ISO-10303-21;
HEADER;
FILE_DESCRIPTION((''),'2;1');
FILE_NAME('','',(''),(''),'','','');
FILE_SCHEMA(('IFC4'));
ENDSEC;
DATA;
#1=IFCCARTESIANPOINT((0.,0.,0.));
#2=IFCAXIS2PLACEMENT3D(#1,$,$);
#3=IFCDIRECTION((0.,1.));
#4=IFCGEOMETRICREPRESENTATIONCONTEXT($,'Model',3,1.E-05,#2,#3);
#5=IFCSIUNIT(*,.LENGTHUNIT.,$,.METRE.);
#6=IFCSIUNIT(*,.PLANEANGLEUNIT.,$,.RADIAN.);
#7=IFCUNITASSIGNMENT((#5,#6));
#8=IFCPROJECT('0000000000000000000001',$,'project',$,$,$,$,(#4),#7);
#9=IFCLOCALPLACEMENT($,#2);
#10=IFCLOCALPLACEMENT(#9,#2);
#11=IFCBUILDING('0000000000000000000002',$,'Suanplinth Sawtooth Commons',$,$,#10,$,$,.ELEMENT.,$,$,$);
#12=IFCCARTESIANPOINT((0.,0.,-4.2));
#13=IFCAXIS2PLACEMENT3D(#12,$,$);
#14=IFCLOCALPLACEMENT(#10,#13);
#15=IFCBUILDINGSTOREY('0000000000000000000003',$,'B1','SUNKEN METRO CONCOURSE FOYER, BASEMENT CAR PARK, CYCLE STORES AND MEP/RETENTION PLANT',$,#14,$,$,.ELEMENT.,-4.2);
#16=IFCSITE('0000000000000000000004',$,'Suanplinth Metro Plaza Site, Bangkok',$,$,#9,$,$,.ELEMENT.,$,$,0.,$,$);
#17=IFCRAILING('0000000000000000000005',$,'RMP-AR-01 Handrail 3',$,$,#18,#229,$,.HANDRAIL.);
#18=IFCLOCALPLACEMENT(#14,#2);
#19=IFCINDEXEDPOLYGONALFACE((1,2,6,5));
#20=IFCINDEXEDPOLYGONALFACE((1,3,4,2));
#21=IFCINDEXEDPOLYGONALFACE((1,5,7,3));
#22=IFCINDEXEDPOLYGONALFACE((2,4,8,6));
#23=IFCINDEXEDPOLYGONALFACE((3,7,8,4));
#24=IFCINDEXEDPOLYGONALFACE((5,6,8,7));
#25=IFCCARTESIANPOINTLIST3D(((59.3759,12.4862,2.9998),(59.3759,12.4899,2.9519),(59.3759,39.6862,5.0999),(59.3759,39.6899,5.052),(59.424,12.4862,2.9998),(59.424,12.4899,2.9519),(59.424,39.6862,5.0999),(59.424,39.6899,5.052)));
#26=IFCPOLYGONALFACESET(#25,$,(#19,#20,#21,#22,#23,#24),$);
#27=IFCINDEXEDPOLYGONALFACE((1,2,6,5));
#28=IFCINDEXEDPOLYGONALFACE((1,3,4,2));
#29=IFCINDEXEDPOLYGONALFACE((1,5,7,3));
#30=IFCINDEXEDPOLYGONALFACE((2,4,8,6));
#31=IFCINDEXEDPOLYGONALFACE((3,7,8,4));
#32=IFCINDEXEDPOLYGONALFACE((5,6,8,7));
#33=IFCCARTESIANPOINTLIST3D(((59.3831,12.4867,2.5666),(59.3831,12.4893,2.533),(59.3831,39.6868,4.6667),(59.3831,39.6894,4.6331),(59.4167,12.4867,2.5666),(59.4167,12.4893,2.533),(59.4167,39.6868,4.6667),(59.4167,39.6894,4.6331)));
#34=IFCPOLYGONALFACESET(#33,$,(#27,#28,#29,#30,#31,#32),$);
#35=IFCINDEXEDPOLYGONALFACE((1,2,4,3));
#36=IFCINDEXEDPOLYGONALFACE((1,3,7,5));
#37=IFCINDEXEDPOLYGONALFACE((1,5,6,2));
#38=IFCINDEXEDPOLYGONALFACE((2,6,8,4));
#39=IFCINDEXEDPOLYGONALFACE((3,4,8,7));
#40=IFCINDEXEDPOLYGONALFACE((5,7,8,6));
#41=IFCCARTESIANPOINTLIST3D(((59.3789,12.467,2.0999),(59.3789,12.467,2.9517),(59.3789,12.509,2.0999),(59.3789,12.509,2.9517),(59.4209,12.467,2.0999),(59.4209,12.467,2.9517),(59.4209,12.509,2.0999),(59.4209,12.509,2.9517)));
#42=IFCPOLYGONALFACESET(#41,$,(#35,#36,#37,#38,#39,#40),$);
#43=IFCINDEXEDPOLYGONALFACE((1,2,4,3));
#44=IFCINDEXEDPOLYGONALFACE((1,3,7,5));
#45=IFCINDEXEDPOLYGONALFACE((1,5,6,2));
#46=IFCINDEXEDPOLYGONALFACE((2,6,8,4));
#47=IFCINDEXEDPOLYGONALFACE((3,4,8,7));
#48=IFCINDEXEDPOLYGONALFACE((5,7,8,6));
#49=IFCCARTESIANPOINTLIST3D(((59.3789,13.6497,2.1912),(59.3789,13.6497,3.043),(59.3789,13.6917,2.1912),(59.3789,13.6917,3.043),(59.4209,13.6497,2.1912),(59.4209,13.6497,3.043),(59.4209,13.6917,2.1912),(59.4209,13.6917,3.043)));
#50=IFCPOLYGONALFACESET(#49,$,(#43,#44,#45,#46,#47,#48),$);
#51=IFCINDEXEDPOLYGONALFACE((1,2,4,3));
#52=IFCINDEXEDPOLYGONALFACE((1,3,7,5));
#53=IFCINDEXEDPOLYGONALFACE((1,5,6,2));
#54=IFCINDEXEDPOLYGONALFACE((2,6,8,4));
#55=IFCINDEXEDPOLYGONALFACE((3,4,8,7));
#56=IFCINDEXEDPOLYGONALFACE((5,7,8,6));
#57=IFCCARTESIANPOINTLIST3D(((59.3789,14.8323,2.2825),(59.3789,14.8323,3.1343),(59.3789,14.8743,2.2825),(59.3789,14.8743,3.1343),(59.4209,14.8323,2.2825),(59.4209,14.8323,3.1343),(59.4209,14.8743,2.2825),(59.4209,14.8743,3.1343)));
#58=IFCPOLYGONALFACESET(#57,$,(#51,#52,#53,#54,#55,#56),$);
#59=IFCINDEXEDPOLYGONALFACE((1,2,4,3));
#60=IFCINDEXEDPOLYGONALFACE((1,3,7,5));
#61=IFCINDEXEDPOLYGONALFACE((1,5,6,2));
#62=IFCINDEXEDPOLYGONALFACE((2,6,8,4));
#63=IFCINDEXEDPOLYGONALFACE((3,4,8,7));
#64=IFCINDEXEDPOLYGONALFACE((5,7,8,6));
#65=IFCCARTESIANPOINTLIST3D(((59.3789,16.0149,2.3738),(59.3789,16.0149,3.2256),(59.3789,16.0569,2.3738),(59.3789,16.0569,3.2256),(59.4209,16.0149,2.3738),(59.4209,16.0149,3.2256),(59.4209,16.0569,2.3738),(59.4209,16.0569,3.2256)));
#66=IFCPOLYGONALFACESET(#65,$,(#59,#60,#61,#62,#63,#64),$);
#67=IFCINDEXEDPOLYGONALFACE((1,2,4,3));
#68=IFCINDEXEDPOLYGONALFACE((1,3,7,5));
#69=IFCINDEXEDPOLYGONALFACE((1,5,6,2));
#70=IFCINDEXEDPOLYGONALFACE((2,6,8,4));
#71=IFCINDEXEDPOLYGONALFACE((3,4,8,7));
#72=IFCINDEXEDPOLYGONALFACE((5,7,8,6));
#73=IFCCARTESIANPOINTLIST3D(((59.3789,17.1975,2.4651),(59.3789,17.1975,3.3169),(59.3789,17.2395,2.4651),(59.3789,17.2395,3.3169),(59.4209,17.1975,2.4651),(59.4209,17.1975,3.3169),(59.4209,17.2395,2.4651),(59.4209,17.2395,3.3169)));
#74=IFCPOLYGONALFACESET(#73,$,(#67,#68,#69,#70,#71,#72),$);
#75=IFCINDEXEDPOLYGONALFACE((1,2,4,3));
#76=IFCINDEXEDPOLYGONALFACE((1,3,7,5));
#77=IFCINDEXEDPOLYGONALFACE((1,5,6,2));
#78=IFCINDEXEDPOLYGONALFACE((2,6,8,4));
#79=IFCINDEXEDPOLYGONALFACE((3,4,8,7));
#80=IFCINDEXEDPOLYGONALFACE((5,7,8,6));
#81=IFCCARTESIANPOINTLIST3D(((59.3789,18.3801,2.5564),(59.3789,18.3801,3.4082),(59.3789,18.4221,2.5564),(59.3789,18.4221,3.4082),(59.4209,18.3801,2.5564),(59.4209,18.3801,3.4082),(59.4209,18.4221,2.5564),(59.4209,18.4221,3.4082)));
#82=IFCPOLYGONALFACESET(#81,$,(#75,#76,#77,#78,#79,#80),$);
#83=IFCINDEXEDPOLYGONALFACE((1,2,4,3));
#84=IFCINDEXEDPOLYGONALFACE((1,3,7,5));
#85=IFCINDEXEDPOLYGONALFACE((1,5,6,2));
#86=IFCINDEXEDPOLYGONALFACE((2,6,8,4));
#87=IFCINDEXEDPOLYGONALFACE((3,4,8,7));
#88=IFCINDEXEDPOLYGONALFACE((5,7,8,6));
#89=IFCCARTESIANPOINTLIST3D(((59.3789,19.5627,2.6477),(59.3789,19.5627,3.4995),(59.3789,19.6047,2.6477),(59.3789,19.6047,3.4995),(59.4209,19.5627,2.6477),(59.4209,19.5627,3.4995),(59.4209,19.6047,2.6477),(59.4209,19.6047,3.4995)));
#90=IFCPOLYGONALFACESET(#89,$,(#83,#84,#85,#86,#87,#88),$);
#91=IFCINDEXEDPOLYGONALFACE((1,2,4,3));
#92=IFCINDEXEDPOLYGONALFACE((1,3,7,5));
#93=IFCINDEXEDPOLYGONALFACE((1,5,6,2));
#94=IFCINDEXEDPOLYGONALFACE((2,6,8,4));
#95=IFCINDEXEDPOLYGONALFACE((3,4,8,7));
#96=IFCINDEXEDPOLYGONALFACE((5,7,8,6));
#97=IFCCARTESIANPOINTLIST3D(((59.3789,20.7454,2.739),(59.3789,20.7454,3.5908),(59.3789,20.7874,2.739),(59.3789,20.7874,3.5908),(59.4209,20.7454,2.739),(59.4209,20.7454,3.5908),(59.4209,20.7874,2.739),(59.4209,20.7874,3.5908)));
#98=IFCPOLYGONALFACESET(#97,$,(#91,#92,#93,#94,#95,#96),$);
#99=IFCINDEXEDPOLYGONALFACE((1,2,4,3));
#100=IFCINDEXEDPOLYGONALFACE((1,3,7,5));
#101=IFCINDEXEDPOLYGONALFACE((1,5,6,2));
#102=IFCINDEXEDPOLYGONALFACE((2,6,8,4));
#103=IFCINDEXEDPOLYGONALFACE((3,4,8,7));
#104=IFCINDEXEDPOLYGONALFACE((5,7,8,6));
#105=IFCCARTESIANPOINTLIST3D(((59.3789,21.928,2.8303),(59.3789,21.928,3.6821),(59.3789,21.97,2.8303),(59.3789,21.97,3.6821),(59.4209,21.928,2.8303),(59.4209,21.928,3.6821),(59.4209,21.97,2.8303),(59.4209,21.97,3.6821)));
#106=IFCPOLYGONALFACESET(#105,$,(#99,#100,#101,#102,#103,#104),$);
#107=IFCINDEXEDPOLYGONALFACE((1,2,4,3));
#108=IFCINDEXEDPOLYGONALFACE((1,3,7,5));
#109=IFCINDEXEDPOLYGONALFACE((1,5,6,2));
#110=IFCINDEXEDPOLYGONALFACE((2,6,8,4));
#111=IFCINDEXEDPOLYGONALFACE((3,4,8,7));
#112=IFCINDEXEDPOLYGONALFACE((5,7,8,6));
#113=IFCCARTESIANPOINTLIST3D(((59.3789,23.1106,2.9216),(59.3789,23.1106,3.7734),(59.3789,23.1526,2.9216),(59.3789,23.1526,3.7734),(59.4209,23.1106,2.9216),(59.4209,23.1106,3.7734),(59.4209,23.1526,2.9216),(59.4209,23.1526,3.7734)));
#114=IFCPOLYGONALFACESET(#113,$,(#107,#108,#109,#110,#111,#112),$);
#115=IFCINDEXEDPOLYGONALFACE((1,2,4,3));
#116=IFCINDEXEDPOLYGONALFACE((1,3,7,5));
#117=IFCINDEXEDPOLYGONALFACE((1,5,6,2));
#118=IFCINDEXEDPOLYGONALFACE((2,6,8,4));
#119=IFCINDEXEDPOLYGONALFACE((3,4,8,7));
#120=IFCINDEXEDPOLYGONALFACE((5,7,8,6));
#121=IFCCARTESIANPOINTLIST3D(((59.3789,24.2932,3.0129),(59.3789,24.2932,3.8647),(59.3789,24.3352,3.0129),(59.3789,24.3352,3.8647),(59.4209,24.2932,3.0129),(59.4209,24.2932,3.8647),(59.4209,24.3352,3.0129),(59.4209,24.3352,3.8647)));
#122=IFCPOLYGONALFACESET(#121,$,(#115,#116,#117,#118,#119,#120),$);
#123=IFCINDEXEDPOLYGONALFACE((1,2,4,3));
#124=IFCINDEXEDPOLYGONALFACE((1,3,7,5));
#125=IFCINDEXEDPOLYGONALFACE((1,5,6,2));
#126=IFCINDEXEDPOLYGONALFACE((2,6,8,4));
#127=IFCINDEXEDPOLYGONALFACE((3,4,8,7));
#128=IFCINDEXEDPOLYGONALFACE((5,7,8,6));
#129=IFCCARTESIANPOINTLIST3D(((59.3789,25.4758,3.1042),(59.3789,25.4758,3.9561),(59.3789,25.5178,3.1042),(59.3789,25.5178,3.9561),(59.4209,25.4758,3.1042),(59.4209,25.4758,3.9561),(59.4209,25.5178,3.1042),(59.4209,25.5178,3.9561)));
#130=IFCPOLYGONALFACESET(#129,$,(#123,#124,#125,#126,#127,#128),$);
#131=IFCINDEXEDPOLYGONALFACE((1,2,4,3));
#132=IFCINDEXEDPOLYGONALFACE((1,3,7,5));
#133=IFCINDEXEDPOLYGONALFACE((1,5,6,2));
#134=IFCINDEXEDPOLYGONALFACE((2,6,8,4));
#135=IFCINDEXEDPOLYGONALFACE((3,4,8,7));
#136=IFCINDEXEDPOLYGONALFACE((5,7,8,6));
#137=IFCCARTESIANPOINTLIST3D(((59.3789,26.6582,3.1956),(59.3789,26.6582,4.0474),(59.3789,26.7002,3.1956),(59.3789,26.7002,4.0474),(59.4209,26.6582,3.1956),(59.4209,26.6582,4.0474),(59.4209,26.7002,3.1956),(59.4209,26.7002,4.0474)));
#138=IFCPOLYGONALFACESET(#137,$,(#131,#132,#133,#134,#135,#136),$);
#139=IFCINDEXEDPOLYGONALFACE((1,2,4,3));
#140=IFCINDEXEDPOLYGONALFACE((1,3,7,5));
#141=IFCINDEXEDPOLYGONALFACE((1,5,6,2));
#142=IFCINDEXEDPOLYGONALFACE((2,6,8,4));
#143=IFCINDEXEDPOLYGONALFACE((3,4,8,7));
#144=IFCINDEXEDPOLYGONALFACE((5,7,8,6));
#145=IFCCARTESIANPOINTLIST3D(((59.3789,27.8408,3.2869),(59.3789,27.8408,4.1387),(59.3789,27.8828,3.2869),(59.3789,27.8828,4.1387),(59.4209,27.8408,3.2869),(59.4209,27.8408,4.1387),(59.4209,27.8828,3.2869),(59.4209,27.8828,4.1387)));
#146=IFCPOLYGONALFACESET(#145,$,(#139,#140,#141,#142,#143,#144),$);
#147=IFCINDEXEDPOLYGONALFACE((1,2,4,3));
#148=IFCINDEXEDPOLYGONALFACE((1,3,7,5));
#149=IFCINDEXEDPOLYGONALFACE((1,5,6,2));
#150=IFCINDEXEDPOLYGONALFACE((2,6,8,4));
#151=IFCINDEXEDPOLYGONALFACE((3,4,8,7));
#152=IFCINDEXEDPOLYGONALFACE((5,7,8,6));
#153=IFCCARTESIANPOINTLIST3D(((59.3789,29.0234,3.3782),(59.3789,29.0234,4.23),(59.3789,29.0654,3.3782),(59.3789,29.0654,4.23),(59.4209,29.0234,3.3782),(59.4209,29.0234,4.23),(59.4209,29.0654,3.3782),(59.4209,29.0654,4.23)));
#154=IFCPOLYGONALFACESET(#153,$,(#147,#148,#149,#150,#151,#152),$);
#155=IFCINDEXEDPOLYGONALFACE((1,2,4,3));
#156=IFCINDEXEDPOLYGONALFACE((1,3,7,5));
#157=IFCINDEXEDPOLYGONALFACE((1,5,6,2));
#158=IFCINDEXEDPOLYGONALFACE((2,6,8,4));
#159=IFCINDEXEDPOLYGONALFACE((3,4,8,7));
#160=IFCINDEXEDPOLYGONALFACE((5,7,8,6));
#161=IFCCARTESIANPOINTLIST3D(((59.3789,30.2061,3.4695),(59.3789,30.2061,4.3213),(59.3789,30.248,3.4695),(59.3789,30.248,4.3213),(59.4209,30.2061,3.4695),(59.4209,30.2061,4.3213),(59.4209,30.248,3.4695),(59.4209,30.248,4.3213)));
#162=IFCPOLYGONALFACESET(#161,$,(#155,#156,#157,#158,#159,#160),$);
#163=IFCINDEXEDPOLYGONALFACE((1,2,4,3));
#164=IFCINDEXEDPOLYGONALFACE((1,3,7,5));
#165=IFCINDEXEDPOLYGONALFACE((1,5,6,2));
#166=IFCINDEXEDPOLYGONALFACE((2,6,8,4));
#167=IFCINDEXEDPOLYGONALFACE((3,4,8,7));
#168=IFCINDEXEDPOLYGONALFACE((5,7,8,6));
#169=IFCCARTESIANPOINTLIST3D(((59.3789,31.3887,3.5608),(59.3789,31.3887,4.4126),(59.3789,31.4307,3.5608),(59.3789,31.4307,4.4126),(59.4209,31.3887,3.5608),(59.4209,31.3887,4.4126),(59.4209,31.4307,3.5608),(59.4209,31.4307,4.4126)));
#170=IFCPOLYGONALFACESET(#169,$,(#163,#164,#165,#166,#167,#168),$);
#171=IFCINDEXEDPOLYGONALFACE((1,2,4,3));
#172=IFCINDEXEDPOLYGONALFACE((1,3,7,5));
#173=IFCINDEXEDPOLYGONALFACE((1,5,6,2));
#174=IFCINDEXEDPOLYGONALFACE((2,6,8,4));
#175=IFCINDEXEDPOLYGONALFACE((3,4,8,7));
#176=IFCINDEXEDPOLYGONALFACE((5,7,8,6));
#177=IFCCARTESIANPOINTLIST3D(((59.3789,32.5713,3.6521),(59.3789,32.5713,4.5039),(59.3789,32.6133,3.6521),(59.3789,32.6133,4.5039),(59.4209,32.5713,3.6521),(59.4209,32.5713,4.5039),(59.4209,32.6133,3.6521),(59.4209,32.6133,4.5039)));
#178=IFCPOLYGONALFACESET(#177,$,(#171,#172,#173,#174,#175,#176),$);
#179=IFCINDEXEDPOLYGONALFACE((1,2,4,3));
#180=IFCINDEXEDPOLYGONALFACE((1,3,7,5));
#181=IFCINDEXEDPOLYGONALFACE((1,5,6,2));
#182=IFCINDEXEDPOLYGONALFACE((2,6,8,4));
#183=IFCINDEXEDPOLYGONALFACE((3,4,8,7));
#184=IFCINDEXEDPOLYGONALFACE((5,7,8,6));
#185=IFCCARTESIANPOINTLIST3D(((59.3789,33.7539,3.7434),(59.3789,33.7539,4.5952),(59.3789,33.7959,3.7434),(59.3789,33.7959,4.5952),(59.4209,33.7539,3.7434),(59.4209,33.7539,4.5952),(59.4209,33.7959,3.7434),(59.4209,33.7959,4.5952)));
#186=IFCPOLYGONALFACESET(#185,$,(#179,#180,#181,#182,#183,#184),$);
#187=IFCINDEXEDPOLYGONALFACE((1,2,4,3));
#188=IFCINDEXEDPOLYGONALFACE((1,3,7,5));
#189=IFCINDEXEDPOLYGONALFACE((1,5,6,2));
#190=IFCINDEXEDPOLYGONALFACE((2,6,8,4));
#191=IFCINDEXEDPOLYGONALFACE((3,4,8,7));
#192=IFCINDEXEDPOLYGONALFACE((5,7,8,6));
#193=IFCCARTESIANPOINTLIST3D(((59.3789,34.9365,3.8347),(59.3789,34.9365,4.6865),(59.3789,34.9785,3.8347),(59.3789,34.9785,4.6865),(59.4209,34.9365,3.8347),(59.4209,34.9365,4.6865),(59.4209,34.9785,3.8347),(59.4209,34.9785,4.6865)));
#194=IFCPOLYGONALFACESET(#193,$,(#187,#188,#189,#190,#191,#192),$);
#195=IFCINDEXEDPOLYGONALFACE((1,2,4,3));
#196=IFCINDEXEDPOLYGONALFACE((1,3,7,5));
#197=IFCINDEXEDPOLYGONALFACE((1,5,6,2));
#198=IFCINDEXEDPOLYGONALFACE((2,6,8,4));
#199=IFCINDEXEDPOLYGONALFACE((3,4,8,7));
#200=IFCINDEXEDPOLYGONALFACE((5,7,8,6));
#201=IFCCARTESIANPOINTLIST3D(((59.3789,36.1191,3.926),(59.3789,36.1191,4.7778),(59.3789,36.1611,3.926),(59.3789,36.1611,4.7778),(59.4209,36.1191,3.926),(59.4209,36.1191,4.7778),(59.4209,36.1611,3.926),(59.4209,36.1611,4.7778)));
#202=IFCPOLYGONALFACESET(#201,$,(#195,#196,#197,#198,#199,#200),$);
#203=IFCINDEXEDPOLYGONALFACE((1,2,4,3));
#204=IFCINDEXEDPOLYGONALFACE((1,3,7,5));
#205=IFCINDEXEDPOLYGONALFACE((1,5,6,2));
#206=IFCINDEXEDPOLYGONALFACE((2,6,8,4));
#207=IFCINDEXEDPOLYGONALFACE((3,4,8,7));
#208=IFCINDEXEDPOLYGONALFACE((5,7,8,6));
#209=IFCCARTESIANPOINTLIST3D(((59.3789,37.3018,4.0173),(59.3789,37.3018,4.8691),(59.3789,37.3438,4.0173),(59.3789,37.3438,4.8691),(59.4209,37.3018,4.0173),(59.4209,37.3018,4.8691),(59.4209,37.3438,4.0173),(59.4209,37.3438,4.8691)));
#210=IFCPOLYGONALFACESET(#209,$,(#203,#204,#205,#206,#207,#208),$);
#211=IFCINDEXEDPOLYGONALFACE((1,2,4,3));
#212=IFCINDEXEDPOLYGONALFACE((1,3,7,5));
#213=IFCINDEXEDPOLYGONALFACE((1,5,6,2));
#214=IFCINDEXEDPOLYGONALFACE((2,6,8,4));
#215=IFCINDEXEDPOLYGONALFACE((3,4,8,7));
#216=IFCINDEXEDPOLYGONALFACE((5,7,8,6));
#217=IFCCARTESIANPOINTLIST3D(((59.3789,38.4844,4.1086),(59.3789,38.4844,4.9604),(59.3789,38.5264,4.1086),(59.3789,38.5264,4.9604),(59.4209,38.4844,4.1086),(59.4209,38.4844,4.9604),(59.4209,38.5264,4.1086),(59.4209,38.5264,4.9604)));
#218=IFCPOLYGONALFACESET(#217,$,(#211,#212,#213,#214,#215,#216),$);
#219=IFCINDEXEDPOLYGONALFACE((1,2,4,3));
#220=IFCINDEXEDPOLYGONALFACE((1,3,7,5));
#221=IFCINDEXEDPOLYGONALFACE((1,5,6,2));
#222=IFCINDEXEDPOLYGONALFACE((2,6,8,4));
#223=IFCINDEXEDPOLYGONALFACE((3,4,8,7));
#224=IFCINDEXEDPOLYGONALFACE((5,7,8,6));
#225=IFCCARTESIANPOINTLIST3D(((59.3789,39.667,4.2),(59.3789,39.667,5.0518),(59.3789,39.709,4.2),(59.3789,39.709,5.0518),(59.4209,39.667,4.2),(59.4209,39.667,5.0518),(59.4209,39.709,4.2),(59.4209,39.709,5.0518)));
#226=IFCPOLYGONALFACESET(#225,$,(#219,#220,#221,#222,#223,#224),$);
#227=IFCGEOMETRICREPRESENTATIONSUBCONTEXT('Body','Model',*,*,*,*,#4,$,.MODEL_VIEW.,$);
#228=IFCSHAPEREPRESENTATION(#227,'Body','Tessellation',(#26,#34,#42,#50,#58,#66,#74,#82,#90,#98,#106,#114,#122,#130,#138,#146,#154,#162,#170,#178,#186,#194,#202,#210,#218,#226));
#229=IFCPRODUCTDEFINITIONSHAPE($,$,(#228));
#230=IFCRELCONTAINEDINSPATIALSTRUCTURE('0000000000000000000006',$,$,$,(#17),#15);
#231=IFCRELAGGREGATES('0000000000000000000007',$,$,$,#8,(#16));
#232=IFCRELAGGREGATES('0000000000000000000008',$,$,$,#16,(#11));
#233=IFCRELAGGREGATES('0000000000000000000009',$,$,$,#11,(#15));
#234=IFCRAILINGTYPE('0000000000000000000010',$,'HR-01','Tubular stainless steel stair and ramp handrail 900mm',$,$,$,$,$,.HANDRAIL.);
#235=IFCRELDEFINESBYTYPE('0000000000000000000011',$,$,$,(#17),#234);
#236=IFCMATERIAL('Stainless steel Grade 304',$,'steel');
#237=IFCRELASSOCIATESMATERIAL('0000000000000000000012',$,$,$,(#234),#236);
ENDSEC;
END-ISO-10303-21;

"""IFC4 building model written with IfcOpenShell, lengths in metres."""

from ifc_helpers import new_model, si_unit, direction, frame, origin, origin_2d, place, context, subcontext, project, spatial, rectangle, extrude, material, type_object, element, save


model = new_model("IFC4")

# Units and contexts
model_context = context("Model", 3, precision=1e-05, world=origin(), true_north=direction((0.0, 1.0)))
body_context = subcontext(model_context, "Body", "Model", "MODEL_VIEW")
ifc_project = project(units=[si_unit("LENGTHUNIT", "METRE"), si_unit("PLANEANGLEUNIT", "RADIAN")], contexts=[model_context])

# Site, building, storey
site_placement = place(None, origin())
site = spatial("IfcSite", under=ifc_project, at=site_placement, Name="Suanplinth Metro Plaza Site, Bangkok", CompositionType="ELEMENT", RefElevation=0.0)
building_placement = place(site_placement, origin())
building = spatial("IfcBuilding", under=site, at=building_placement, Name="Suanplinth Sawtooth Commons", CompositionType="ELEMENT")
storey_placement = place(building_placement, frame((0.0, 0.0, -4.2)))
storey = spatial("IfcBuildingStorey", under=building, at=storey_placement, Name="B1", Description="SUNKEN METRO CONCOURSE FOYER, BASEMENT CAR PARK, CYCLE STORES AND MEP/RETENTION PLANT", CompositionType="ELEMENT", Elevation=-4.2)

# Railing
ifc_material_1 = material(Name="Stainless steel Grade 304", Category="steel")
railing_type_1 = type_object("IfcRailingType", Name="HR-01", Description="Tubular stainless steel stair and ramp handrail 900mm", PredefinedType="HANDRAIL", material=ifc_material_1)
railing_1_placement = place(storey_placement, frame((59.3999, 12.488, 2.0999)))
element("IfcRailing", 1, at=railing_1_placement, inside=storey, type_object=railing_type_1, Name="RMP-AR-01 Handrail 3", PredefinedType="HANDRAIL", context=body_context, shape_type="SweptSolid", body=[
    extrude(rectangle(XDim=0.0481, YDim=0.0481, at=origin_2d()), frame((0.0, 0.0, 0.876), z_axis=(0.0, 0.997033, 0.07698), x_axis=(-1.0, 0.0, 0.0)), (0.0, 0.0, 1.0), 27.281),
    extrude(rectangle(XDim=0.0337, YDim=0.0337, at=origin_2d()), frame((0.0, 0.0, 0.45), z_axis=(0.0, 0.997033, 0.07698), x_axis=(-1.0, 0.0, 0.0)), (0.0, 0.0, 1.0), 27.281),
    extrude(rectangle(XDim=0.042, YDim=0.042, at=origin_2d()), origin(), (0.0, 0.0, 1.0), 0.8518),
    extrude(rectangle(XDim=0.042, YDim=0.042, at=origin_2d()), frame((0.0, 1.1826, 0.0913)), (0.0, 0.0, 1.0), 0.8518),
    extrude(rectangle(XDim=0.042, YDim=0.042, at=origin_2d()), frame((0.0, 2.3652, 0.1826)), (0.0, 0.0, 1.0), 0.8518),
    extrude(rectangle(XDim=0.042, YDim=0.042, at=origin_2d()), frame((0.0, 3.5479, 0.2739)), (0.0, 0.0, 1.0), 0.8518),
    extrude(rectangle(XDim=0.042, YDim=0.042, at=origin_2d()), frame((0.0, 4.7305, 0.3652)), (0.0, 0.0, 1.0), 0.8518),
    extrude(rectangle(XDim=0.042, YDim=0.042, at=origin_2d()), frame((0.0, 5.9131, 0.4565)), (0.0, 0.0, 1.0), 0.8518),
    extrude(rectangle(XDim=0.042, YDim=0.042, at=origin_2d()), frame((0.0, 7.0957, 0.5479)), (0.0, 0.0, 1.0), 0.8518),
    extrude(rectangle(XDim=0.042, YDim=0.042, at=origin_2d()), frame((0.0, 8.2783, 0.6392)), (0.0, 0.0, 1.0), 0.8518),
    extrude(rectangle(XDim=0.042, YDim=0.042, at=origin_2d()), frame((0.0, 9.4609, 0.7305)), (0.0, 0.0, 1.0), 0.8518),
    extrude(rectangle(XDim=0.042, YDim=0.042, at=origin_2d()), frame((0.0, 10.6436, 0.8218)), (0.0, 0.0, 1.0), 0.8518),
    extrude(rectangle(XDim=0.042, YDim=0.042, at=origin_2d()), frame((0.0, 11.8262, 0.9131)), (0.0, 0.0, 1.0), 0.8518),
    extrude(rectangle(XDim=0.042, YDim=0.042, at=origin_2d()), frame((0.0, 13.0088, 1.0044)), (0.0, 0.0, 1.0), 0.8518),
    extrude(rectangle(XDim=0.042, YDim=0.042, at=origin_2d()), frame((0.0, 14.1912, 1.0957)), (0.0, 0.0, 1.0), 0.8518),
    extrude(rectangle(XDim=0.042, YDim=0.042, at=origin_2d()), frame((0.0, 15.3738, 1.187)), (0.0, 0.0, 1.0), 0.8518),
    extrude(rectangle(XDim=0.042, YDim=0.042, at=origin_2d()), frame((0.0, 16.5564, 1.2783)), (0.0, 0.0, 1.0), 0.8518),
    extrude(rectangle(XDim=0.042, YDim=0.042, at=origin_2d()), frame((0.0, 17.739, 1.3696)), (0.0, 0.0, 1.0), 0.8518),
    extrude(rectangle(XDim=0.042, YDim=0.042, at=origin_2d()), frame((0.0, 18.9216, 1.4609)), (0.0, 0.0, 1.0), 0.8518),
    extrude(rectangle(XDim=0.042, YDim=0.042, at=origin_2d()), frame((0.0, 20.1042, 1.5522)), (0.0, 0.0, 1.0), 0.8518),
    extrude(rectangle(XDim=0.042, YDim=0.042, at=origin_2d()), frame((0.0, 21.2869, 1.6436)), (0.0, 0.0, 1.0), 0.8518),
    extrude(rectangle(XDim=0.042, YDim=0.042, at=origin_2d()), frame((0.0, 22.4695, 1.7349)), (0.0, 0.0, 1.0), 0.8518),
    extrude(rectangle(XDim=0.042, YDim=0.042, at=origin_2d()), frame((0.0, 23.6521, 1.8262)), (0.0, 0.0, 1.0), 0.8518),
    extrude(rectangle(XDim=0.042, YDim=0.042, at=origin_2d()), frame((0.0, 24.8347, 1.9175)), (0.0, 0.0, 1.0), 0.8518),
    extrude(rectangle(XDim=0.042, YDim=0.042, at=origin_2d()), frame((0.0, 26.0173, 2.0088)), (0.0, 0.0, 1.0), 0.8518),
    extrude(rectangle(XDim=0.042, YDim=0.042, at=origin_2d()), frame((0.0, 27.2, 2.1001)), (0.0, 0.0, 1.0), 0.8518),
])

save(model, "model.ifc")
